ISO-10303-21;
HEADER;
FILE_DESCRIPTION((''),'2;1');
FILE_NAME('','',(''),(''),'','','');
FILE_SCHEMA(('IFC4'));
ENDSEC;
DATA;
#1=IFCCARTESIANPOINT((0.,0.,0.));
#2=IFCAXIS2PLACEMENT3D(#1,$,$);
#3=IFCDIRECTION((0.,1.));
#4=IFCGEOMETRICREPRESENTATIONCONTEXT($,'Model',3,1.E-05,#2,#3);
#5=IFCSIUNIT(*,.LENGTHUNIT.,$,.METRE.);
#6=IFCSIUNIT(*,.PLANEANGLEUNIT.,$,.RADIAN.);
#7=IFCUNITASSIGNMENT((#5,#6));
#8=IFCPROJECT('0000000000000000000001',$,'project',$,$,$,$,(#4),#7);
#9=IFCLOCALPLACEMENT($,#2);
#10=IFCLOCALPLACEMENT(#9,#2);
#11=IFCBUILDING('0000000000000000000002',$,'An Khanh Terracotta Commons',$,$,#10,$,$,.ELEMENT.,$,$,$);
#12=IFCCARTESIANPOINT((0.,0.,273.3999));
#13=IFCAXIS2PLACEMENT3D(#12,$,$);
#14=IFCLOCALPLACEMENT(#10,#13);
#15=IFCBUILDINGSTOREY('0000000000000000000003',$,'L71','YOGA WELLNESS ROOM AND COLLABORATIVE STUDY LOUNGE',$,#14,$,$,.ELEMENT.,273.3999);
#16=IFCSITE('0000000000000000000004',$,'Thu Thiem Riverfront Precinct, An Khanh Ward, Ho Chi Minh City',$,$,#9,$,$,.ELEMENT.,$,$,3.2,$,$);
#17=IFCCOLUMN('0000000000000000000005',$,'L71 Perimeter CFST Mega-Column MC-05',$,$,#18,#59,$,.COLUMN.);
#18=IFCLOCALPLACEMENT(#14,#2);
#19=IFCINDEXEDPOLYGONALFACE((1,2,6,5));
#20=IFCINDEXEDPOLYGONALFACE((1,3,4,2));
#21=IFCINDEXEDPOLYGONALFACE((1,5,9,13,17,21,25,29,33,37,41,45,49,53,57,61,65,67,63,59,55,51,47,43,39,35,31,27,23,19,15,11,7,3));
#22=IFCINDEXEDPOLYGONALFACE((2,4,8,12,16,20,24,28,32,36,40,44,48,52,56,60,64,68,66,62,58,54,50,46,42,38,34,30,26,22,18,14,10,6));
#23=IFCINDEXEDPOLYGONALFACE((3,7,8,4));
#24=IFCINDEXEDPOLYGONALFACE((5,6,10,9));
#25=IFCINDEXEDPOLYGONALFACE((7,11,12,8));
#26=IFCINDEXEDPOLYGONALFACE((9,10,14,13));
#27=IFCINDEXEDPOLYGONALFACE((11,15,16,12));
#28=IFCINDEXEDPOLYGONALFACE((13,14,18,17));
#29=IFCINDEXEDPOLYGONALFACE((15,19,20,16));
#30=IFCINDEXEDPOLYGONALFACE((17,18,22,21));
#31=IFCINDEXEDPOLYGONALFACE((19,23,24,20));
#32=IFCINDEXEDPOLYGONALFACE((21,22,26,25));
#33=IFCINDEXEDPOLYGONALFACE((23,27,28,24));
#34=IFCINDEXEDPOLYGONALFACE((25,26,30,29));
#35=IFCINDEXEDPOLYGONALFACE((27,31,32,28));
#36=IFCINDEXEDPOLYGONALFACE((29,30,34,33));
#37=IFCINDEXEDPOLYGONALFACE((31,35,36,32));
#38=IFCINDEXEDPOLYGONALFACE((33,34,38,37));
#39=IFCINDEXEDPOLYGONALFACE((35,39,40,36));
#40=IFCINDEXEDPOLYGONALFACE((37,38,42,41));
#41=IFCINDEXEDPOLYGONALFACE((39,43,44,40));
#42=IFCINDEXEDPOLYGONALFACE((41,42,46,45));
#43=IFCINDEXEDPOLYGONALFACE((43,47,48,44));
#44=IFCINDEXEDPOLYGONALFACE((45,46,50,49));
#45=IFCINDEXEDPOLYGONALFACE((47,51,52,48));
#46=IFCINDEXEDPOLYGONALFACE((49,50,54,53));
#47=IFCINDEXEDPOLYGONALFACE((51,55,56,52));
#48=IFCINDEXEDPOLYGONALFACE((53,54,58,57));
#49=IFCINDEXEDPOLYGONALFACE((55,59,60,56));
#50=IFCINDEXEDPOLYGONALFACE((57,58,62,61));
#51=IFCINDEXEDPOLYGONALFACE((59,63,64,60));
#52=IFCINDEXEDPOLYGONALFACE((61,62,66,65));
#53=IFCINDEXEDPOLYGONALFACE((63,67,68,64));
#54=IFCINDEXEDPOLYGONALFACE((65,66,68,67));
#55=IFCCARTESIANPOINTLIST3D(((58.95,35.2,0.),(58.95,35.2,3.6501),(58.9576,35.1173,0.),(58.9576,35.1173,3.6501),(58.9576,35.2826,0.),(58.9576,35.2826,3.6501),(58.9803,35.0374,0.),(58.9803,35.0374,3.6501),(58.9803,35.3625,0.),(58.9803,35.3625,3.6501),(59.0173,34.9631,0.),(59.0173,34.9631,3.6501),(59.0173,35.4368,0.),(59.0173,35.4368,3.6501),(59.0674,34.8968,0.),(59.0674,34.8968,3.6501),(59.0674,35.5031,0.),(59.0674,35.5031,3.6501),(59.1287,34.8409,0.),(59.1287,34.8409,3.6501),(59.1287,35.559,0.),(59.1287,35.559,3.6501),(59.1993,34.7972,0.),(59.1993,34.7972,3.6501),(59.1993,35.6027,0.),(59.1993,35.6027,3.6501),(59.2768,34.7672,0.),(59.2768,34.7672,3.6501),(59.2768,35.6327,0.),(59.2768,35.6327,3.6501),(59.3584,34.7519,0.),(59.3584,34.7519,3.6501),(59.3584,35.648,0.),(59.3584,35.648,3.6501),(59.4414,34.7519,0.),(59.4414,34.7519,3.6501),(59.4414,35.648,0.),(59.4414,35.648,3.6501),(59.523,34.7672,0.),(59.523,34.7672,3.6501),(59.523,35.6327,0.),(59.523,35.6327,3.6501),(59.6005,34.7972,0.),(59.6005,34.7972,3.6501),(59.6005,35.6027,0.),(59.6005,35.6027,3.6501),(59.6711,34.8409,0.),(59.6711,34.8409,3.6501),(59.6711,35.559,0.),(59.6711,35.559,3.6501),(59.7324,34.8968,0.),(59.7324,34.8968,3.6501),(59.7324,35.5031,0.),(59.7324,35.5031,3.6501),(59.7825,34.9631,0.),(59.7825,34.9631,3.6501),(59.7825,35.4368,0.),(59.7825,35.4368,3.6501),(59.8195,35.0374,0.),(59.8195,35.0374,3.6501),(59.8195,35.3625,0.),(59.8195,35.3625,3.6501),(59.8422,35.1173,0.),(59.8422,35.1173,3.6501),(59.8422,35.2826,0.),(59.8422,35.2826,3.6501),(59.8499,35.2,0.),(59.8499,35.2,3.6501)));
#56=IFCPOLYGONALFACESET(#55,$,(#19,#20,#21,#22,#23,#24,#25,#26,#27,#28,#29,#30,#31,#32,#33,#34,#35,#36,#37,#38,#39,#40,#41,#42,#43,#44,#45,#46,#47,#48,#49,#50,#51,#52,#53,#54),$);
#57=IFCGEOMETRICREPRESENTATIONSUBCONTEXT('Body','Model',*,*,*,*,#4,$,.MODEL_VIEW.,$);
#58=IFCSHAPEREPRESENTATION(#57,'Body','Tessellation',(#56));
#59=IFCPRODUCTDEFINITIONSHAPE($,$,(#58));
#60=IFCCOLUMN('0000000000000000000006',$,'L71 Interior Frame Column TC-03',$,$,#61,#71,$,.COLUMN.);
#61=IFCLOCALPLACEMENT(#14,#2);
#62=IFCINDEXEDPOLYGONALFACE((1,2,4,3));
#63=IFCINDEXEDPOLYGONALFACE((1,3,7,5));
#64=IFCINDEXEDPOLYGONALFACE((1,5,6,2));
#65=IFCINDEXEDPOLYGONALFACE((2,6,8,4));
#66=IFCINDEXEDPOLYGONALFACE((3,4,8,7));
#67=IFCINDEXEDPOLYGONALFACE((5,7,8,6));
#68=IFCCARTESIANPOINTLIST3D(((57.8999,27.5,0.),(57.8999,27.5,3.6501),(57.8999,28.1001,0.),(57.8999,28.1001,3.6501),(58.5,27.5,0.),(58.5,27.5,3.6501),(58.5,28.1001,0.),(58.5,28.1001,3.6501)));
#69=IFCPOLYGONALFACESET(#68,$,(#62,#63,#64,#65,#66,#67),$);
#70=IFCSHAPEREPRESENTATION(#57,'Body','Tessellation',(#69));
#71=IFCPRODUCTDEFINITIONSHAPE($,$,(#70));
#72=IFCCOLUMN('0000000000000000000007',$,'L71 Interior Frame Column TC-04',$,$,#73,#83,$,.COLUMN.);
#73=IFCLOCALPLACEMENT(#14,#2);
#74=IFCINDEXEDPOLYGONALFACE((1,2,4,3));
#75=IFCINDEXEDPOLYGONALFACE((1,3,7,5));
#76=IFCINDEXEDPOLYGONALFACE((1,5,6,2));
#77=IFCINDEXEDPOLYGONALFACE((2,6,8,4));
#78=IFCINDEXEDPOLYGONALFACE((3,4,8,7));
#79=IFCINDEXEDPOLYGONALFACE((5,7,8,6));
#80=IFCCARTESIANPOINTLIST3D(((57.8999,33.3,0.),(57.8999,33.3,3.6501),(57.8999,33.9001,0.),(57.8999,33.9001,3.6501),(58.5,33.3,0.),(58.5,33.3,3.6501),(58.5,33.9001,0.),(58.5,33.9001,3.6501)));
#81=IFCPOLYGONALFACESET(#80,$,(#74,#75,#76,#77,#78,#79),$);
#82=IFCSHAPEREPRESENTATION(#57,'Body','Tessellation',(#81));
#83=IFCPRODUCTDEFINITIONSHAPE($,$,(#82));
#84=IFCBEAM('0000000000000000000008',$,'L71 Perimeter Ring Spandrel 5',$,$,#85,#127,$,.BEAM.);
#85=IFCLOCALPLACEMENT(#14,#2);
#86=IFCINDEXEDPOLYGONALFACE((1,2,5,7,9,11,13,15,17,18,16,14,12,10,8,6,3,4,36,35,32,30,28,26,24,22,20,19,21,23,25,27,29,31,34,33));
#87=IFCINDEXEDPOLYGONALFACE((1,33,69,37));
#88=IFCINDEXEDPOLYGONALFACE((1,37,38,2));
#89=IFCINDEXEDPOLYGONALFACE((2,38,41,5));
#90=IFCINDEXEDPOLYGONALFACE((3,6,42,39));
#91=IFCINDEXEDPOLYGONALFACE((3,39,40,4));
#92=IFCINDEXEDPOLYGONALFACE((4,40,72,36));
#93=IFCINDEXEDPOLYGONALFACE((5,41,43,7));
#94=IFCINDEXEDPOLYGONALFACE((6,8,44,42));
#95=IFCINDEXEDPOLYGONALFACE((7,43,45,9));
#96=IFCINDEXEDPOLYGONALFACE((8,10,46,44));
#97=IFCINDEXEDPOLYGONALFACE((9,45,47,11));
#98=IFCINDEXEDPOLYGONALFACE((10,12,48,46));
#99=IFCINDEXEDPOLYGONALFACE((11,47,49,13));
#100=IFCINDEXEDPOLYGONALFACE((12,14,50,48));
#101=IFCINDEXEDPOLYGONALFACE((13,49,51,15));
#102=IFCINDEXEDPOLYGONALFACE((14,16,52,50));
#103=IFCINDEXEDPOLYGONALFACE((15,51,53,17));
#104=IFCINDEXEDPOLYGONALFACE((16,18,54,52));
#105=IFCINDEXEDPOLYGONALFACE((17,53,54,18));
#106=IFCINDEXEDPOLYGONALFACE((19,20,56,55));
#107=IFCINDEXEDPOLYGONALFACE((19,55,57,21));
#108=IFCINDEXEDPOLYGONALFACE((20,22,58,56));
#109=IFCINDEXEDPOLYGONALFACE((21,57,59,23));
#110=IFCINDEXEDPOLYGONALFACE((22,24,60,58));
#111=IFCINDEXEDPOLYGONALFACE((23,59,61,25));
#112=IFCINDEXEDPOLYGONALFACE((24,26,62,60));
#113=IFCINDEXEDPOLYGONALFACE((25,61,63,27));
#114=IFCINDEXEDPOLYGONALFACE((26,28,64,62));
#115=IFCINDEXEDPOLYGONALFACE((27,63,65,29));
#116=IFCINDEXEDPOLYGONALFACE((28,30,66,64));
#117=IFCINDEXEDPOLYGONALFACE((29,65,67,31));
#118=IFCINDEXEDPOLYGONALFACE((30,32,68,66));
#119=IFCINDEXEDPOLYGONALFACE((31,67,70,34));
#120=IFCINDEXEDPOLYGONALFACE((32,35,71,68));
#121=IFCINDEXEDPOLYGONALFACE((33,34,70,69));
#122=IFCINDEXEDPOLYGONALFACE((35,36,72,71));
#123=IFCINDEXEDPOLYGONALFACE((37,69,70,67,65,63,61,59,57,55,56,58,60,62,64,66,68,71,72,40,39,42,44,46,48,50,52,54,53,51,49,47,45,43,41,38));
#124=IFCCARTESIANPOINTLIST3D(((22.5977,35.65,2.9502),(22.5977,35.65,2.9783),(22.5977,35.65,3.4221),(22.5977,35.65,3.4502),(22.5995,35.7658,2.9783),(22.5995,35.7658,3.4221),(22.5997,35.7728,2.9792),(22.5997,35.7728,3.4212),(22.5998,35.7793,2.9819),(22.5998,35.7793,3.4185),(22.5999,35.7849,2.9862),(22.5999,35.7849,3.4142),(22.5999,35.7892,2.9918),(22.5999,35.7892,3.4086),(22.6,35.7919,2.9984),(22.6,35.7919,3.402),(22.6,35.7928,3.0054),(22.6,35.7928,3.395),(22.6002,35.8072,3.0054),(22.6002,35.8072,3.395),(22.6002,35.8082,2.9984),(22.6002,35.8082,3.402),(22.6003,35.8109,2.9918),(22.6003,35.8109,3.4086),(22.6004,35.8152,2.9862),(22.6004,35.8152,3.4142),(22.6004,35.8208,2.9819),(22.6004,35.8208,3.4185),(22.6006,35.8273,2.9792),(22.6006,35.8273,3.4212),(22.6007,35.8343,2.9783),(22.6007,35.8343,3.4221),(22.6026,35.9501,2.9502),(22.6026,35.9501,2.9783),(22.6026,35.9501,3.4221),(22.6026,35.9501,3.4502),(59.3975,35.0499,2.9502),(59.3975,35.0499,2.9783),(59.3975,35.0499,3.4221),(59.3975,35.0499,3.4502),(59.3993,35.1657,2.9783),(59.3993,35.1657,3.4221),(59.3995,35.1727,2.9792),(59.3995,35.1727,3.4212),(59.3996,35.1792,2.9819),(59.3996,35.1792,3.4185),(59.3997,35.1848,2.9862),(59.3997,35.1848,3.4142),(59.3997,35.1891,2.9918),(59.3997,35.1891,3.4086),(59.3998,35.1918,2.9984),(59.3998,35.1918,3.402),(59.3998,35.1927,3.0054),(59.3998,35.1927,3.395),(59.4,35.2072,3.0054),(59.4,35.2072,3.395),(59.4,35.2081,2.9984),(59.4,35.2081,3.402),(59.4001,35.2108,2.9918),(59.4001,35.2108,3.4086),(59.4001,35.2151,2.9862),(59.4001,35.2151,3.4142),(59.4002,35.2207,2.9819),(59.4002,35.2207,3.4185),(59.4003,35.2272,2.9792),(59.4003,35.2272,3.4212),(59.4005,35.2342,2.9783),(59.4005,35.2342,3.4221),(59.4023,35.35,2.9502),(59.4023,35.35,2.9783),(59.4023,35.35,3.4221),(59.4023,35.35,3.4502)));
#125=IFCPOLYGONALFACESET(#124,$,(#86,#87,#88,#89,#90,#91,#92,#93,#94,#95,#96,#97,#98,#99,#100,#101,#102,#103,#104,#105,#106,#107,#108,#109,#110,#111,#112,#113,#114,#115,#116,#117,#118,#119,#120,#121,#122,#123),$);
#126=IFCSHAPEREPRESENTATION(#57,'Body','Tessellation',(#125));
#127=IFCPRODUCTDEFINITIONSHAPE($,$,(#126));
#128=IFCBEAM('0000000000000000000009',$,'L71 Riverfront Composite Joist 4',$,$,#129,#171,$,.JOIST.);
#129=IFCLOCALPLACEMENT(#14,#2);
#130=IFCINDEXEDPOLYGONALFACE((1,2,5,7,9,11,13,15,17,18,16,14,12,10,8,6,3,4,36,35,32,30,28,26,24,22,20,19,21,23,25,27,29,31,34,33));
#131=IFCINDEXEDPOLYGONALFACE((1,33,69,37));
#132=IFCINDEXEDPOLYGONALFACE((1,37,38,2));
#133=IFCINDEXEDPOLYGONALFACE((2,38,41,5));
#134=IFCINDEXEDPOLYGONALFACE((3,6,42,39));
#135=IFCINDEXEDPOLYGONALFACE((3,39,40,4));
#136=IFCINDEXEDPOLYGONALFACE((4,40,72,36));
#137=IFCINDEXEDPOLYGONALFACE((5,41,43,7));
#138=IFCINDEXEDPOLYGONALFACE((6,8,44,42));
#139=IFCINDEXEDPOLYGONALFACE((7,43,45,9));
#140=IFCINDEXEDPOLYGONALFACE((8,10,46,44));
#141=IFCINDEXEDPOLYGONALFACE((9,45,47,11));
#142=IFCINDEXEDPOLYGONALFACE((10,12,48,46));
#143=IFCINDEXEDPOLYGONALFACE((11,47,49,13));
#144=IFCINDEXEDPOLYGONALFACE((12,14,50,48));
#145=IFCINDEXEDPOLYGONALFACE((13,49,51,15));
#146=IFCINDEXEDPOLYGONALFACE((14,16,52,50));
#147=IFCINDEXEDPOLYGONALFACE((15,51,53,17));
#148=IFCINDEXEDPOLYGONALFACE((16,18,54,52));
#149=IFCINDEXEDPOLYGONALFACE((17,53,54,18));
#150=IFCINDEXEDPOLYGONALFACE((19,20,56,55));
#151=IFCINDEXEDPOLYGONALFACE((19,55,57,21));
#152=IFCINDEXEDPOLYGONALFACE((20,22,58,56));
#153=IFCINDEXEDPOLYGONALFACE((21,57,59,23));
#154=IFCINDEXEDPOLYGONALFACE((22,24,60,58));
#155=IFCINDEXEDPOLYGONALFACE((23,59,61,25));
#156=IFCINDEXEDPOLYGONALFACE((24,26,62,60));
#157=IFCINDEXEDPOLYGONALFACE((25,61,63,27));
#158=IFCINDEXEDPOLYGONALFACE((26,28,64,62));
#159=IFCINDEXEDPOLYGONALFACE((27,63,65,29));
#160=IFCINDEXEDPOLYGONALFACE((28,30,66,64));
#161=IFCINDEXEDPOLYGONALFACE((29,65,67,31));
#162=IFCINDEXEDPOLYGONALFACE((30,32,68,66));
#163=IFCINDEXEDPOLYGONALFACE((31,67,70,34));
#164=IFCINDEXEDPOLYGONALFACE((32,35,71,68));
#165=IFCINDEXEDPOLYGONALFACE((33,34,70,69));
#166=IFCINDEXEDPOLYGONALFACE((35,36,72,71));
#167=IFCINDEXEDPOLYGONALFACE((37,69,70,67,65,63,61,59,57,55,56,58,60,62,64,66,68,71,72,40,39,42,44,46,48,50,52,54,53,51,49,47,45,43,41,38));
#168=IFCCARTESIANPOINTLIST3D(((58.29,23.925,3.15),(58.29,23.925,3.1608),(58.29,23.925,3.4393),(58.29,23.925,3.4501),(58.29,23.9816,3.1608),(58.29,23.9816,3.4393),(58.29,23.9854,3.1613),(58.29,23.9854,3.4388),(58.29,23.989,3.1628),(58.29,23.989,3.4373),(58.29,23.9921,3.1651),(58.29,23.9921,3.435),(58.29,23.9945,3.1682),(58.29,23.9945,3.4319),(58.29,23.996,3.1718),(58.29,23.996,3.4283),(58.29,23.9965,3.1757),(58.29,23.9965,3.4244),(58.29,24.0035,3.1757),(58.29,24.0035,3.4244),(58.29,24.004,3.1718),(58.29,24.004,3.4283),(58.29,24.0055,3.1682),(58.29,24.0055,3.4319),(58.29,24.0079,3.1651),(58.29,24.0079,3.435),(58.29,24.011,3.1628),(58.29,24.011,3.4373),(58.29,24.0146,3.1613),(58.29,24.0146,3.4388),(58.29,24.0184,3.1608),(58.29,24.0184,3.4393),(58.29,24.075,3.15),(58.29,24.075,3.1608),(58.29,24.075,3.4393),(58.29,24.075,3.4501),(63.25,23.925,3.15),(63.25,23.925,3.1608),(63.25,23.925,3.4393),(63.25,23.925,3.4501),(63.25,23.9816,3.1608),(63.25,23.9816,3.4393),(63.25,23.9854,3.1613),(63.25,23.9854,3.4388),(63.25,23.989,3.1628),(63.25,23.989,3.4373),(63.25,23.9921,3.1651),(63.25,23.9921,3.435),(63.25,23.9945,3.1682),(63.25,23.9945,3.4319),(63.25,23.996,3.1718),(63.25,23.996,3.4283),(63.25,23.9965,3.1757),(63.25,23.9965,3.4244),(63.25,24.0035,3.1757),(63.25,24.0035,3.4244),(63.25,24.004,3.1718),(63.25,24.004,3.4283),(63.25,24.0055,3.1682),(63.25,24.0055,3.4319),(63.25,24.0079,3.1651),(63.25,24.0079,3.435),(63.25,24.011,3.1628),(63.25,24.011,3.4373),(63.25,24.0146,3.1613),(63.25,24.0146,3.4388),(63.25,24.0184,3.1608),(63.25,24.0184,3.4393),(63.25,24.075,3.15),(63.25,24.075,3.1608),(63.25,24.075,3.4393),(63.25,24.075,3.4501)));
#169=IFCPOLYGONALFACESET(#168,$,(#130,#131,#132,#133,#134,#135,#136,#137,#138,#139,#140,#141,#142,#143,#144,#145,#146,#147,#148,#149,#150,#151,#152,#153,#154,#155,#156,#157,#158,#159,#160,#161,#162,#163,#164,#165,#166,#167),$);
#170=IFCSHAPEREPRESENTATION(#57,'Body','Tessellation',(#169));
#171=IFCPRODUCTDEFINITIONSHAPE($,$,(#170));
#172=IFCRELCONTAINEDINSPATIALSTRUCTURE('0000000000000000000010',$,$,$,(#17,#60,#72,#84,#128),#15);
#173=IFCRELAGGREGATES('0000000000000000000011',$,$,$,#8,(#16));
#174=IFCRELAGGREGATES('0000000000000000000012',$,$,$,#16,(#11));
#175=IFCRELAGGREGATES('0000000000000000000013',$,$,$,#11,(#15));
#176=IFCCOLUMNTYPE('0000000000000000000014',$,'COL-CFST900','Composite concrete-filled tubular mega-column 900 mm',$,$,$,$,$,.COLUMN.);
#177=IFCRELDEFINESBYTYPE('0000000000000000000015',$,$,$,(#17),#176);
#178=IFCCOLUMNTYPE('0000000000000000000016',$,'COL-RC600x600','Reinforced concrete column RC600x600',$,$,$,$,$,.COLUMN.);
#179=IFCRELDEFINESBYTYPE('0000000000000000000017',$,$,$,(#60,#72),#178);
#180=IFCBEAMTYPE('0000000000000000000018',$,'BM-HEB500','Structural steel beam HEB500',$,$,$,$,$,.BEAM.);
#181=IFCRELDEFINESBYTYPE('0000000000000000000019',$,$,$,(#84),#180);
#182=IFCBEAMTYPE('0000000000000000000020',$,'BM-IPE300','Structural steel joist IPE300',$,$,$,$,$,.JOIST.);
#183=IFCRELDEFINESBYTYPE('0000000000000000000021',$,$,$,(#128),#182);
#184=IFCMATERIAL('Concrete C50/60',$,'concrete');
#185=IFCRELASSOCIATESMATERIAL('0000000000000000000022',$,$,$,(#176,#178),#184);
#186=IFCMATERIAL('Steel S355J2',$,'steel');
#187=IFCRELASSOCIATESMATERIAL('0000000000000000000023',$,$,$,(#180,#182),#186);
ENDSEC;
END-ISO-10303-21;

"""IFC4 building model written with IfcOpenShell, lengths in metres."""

from ifc_helpers import new_model, si_unit, direction, frame, origin, origin_2d, place, context, subcontext, project, spatial, rectangle, circle, i_section, extrude, material, material_profile, profile_set, type_object, element, save


model = new_model("IFC4")

# Units and contexts
model_context = context("Model", 3, precision=1e-05, world=origin(), true_north=direction((0.0, 1.0)))
body_context = subcontext(model_context, "Body", "Model", "MODEL_VIEW")
ifc_project = project(units=[si_unit("LENGTHUNIT", "METRE"), si_unit("PLANEANGLEUNIT", "RADIAN")], contexts=[model_context])

# Site, building, storey
site_placement = place(None, origin())
site = spatial("IfcSite", under=ifc_project, at=site_placement, Name="Thu Thiem Riverfront Precinct, An Khanh Ward, Ho Chi Minh City", CompositionType="ELEMENT", RefElevation=3.2)
building_placement = place(site_placement, origin())
building = spatial("IfcBuilding", under=site, at=building_placement, Name="An Khanh Terracotta Commons", CompositionType="ELEMENT")
storey_placement = place(building_placement, frame((0.0, 0.0, 273.3999)))
storey = spatial("IfcBuildingStorey", under=building, at=storey_placement, Name="L71", Description="YOGA WELLNESS ROOM AND COLLABORATIVE STUDY LOUNGE", CompositionType="ELEMENT", Elevation=273.3999)

# Columns
ifc_material_1 = material(Name="Concrete C50/60", Category="concrete")
ifc_material_profile_1 = material_profile(ifc_material_1, circle(Radius=0.45, at=origin_2d()), Name="CFST900")
ifc_profile_set_1 = profile_set([ifc_material_profile_1], Name="Concrete C50/60")
column_type_1 = type_object("IfcColumnType", Name="COL-CFST900", Description="Composite concrete-filled tubular mega-column 900 mm", PredefinedType="COLUMN", material=ifc_profile_set_1)
column_placement = place(storey_placement, frame((59.3999, 35.2, 0.0), z_axis=(0.0, 0.0, 1.0), x_axis=(1.0, 0.0, 0.0)))
element("IfcColumn", 1, at=column_placement, inside=storey, type_object=column_type_1, Name="L71 Perimeter CFST Mega-Column MC-05", PredefinedType="COLUMN", context=body_context, shape_type="SweptSolid", body=[
    extrude(circle(Radius=0.45, at=origin_2d()), origin(), (0.0, 0.0, 1.0), 3.6501),
])
ifc_material_profile_2 = material_profile(ifc_material_1, rectangle(XDim=0.6001, YDim=0.6001, at=origin_2d()), Name="RC600x600")
ifc_profile_set_2 = profile_set([ifc_material_profile_2], Name="Concrete C50/60")
column_type_2 = type_object("IfcColumnType", Name="COL-RC600x600", Description="Reinforced concrete column RC600x600", PredefinedType="COLUMN", material=ifc_profile_set_2)
for number, where, z_axis, x_axis, name in (
    (2, (58.2, 27.8, 0.0), (0.0, 0.0, 1.0), (1.0, 0.0, 0.0), "L71 Interior Frame Column TC-03"),
    (3, (58.2, 33.6001, 0.0), (0.0, 0.0, 1.0), (1.0, 0.0, 0.0), "L71 Interior Frame Column TC-04"),
):
    element("IfcColumn", number, at=place(storey_placement, frame(where, z_axis=z_axis, x_axis=x_axis)), inside=storey, type_object=column_type_2, Name=name, PredefinedType="COLUMN", context=body_context, shape_type="SweptSolid", body=[
        extrude(rectangle(XDim=0.6001, YDim=0.6001, at=origin_2d()), origin(), (0.0, 0.0, 1.0), 3.6501),
    ])

# Beams
ifc_material_2 = material(Name="Steel S355J2", Category="steel")
ifc_material_profile_3 = material_profile(ifc_material_2, i_section(OverallWidth=0.3, OverallDepth=0.5, WebThickness=0.0144, FlangeThickness=0.0281, FilletRadius=0.0271, at=origin_2d()), Name="HEB500")
ifc_profile_set_3 = profile_set([ifc_material_profile_3], Name="Steel S355J2")
beam_type_1 = type_object("IfcBeamType", Name="BM-HEB500", Description="Structural steel beam HEB500", PredefinedType="BEAM", material=ifc_profile_set_3)
beam_1_placement = place(storey_placement, frame((59.3999, 35.2, 3.2002), z_axis=(-0.999867, 0.016305, 0.0), x_axis=(-0.016305, -0.999867, 0.0)))
element("IfcBeam", 4, at=beam_1_placement, inside=storey, type_object=beam_type_1, Name="L71 Perimeter Ring Spandrel 5", PredefinedType="BEAM", context=body_context, shape_type="SweptSolid", body=[
    extrude(i_section(OverallWidth=0.3, OverallDepth=0.5, WebThickness=0.0144, FlangeThickness=0.0281, FilletRadius=0.0271, at=origin_2d()), origin(), (0.0, 0.0, 1.0), 36.8047),
])
ifc_material_profile_4 = material_profile(ifc_material_2, i_section(OverallWidth=0.1499, OverallDepth=0.3, WebThickness=0.0071, FlangeThickness=0.0107, FilletRadius=0.0149, at=origin_2d()), Name="IPE300")
ifc_profile_set_4 = profile_set([ifc_material_profile_4], Name="Steel S355J2")
beam_type_2 = type_object("IfcBeamType", Name="BM-IPE300", Description="Structural steel joist IPE300", PredefinedType="JOIST", material=ifc_profile_set_4)
for number, where, z_axis, x_axis, name in (
    (5, (58.29, 24.0, 3.3), (1.0, 0.0, 0.0), (0.0, 1.0, 0.0), "L71 Riverfront Composite Joist 4"),
):
    element("IfcBeam", number, at=place(storey_placement, frame(where, z_axis=z_axis, x_axis=x_axis)), inside=storey, type_object=beam_type_2, Name=name, PredefinedType="JOIST", context=body_context, shape_type="SweptSolid", body=[
        extrude(i_section(OverallWidth=0.1499, OverallDepth=0.3, WebThickness=0.0071, FlangeThickness=0.0107, FilletRadius=0.0149, at=origin_2d()), origin(), (0.0, 0.0, 1.0), 4.96),
    ])

save(model, "model.ifc")
